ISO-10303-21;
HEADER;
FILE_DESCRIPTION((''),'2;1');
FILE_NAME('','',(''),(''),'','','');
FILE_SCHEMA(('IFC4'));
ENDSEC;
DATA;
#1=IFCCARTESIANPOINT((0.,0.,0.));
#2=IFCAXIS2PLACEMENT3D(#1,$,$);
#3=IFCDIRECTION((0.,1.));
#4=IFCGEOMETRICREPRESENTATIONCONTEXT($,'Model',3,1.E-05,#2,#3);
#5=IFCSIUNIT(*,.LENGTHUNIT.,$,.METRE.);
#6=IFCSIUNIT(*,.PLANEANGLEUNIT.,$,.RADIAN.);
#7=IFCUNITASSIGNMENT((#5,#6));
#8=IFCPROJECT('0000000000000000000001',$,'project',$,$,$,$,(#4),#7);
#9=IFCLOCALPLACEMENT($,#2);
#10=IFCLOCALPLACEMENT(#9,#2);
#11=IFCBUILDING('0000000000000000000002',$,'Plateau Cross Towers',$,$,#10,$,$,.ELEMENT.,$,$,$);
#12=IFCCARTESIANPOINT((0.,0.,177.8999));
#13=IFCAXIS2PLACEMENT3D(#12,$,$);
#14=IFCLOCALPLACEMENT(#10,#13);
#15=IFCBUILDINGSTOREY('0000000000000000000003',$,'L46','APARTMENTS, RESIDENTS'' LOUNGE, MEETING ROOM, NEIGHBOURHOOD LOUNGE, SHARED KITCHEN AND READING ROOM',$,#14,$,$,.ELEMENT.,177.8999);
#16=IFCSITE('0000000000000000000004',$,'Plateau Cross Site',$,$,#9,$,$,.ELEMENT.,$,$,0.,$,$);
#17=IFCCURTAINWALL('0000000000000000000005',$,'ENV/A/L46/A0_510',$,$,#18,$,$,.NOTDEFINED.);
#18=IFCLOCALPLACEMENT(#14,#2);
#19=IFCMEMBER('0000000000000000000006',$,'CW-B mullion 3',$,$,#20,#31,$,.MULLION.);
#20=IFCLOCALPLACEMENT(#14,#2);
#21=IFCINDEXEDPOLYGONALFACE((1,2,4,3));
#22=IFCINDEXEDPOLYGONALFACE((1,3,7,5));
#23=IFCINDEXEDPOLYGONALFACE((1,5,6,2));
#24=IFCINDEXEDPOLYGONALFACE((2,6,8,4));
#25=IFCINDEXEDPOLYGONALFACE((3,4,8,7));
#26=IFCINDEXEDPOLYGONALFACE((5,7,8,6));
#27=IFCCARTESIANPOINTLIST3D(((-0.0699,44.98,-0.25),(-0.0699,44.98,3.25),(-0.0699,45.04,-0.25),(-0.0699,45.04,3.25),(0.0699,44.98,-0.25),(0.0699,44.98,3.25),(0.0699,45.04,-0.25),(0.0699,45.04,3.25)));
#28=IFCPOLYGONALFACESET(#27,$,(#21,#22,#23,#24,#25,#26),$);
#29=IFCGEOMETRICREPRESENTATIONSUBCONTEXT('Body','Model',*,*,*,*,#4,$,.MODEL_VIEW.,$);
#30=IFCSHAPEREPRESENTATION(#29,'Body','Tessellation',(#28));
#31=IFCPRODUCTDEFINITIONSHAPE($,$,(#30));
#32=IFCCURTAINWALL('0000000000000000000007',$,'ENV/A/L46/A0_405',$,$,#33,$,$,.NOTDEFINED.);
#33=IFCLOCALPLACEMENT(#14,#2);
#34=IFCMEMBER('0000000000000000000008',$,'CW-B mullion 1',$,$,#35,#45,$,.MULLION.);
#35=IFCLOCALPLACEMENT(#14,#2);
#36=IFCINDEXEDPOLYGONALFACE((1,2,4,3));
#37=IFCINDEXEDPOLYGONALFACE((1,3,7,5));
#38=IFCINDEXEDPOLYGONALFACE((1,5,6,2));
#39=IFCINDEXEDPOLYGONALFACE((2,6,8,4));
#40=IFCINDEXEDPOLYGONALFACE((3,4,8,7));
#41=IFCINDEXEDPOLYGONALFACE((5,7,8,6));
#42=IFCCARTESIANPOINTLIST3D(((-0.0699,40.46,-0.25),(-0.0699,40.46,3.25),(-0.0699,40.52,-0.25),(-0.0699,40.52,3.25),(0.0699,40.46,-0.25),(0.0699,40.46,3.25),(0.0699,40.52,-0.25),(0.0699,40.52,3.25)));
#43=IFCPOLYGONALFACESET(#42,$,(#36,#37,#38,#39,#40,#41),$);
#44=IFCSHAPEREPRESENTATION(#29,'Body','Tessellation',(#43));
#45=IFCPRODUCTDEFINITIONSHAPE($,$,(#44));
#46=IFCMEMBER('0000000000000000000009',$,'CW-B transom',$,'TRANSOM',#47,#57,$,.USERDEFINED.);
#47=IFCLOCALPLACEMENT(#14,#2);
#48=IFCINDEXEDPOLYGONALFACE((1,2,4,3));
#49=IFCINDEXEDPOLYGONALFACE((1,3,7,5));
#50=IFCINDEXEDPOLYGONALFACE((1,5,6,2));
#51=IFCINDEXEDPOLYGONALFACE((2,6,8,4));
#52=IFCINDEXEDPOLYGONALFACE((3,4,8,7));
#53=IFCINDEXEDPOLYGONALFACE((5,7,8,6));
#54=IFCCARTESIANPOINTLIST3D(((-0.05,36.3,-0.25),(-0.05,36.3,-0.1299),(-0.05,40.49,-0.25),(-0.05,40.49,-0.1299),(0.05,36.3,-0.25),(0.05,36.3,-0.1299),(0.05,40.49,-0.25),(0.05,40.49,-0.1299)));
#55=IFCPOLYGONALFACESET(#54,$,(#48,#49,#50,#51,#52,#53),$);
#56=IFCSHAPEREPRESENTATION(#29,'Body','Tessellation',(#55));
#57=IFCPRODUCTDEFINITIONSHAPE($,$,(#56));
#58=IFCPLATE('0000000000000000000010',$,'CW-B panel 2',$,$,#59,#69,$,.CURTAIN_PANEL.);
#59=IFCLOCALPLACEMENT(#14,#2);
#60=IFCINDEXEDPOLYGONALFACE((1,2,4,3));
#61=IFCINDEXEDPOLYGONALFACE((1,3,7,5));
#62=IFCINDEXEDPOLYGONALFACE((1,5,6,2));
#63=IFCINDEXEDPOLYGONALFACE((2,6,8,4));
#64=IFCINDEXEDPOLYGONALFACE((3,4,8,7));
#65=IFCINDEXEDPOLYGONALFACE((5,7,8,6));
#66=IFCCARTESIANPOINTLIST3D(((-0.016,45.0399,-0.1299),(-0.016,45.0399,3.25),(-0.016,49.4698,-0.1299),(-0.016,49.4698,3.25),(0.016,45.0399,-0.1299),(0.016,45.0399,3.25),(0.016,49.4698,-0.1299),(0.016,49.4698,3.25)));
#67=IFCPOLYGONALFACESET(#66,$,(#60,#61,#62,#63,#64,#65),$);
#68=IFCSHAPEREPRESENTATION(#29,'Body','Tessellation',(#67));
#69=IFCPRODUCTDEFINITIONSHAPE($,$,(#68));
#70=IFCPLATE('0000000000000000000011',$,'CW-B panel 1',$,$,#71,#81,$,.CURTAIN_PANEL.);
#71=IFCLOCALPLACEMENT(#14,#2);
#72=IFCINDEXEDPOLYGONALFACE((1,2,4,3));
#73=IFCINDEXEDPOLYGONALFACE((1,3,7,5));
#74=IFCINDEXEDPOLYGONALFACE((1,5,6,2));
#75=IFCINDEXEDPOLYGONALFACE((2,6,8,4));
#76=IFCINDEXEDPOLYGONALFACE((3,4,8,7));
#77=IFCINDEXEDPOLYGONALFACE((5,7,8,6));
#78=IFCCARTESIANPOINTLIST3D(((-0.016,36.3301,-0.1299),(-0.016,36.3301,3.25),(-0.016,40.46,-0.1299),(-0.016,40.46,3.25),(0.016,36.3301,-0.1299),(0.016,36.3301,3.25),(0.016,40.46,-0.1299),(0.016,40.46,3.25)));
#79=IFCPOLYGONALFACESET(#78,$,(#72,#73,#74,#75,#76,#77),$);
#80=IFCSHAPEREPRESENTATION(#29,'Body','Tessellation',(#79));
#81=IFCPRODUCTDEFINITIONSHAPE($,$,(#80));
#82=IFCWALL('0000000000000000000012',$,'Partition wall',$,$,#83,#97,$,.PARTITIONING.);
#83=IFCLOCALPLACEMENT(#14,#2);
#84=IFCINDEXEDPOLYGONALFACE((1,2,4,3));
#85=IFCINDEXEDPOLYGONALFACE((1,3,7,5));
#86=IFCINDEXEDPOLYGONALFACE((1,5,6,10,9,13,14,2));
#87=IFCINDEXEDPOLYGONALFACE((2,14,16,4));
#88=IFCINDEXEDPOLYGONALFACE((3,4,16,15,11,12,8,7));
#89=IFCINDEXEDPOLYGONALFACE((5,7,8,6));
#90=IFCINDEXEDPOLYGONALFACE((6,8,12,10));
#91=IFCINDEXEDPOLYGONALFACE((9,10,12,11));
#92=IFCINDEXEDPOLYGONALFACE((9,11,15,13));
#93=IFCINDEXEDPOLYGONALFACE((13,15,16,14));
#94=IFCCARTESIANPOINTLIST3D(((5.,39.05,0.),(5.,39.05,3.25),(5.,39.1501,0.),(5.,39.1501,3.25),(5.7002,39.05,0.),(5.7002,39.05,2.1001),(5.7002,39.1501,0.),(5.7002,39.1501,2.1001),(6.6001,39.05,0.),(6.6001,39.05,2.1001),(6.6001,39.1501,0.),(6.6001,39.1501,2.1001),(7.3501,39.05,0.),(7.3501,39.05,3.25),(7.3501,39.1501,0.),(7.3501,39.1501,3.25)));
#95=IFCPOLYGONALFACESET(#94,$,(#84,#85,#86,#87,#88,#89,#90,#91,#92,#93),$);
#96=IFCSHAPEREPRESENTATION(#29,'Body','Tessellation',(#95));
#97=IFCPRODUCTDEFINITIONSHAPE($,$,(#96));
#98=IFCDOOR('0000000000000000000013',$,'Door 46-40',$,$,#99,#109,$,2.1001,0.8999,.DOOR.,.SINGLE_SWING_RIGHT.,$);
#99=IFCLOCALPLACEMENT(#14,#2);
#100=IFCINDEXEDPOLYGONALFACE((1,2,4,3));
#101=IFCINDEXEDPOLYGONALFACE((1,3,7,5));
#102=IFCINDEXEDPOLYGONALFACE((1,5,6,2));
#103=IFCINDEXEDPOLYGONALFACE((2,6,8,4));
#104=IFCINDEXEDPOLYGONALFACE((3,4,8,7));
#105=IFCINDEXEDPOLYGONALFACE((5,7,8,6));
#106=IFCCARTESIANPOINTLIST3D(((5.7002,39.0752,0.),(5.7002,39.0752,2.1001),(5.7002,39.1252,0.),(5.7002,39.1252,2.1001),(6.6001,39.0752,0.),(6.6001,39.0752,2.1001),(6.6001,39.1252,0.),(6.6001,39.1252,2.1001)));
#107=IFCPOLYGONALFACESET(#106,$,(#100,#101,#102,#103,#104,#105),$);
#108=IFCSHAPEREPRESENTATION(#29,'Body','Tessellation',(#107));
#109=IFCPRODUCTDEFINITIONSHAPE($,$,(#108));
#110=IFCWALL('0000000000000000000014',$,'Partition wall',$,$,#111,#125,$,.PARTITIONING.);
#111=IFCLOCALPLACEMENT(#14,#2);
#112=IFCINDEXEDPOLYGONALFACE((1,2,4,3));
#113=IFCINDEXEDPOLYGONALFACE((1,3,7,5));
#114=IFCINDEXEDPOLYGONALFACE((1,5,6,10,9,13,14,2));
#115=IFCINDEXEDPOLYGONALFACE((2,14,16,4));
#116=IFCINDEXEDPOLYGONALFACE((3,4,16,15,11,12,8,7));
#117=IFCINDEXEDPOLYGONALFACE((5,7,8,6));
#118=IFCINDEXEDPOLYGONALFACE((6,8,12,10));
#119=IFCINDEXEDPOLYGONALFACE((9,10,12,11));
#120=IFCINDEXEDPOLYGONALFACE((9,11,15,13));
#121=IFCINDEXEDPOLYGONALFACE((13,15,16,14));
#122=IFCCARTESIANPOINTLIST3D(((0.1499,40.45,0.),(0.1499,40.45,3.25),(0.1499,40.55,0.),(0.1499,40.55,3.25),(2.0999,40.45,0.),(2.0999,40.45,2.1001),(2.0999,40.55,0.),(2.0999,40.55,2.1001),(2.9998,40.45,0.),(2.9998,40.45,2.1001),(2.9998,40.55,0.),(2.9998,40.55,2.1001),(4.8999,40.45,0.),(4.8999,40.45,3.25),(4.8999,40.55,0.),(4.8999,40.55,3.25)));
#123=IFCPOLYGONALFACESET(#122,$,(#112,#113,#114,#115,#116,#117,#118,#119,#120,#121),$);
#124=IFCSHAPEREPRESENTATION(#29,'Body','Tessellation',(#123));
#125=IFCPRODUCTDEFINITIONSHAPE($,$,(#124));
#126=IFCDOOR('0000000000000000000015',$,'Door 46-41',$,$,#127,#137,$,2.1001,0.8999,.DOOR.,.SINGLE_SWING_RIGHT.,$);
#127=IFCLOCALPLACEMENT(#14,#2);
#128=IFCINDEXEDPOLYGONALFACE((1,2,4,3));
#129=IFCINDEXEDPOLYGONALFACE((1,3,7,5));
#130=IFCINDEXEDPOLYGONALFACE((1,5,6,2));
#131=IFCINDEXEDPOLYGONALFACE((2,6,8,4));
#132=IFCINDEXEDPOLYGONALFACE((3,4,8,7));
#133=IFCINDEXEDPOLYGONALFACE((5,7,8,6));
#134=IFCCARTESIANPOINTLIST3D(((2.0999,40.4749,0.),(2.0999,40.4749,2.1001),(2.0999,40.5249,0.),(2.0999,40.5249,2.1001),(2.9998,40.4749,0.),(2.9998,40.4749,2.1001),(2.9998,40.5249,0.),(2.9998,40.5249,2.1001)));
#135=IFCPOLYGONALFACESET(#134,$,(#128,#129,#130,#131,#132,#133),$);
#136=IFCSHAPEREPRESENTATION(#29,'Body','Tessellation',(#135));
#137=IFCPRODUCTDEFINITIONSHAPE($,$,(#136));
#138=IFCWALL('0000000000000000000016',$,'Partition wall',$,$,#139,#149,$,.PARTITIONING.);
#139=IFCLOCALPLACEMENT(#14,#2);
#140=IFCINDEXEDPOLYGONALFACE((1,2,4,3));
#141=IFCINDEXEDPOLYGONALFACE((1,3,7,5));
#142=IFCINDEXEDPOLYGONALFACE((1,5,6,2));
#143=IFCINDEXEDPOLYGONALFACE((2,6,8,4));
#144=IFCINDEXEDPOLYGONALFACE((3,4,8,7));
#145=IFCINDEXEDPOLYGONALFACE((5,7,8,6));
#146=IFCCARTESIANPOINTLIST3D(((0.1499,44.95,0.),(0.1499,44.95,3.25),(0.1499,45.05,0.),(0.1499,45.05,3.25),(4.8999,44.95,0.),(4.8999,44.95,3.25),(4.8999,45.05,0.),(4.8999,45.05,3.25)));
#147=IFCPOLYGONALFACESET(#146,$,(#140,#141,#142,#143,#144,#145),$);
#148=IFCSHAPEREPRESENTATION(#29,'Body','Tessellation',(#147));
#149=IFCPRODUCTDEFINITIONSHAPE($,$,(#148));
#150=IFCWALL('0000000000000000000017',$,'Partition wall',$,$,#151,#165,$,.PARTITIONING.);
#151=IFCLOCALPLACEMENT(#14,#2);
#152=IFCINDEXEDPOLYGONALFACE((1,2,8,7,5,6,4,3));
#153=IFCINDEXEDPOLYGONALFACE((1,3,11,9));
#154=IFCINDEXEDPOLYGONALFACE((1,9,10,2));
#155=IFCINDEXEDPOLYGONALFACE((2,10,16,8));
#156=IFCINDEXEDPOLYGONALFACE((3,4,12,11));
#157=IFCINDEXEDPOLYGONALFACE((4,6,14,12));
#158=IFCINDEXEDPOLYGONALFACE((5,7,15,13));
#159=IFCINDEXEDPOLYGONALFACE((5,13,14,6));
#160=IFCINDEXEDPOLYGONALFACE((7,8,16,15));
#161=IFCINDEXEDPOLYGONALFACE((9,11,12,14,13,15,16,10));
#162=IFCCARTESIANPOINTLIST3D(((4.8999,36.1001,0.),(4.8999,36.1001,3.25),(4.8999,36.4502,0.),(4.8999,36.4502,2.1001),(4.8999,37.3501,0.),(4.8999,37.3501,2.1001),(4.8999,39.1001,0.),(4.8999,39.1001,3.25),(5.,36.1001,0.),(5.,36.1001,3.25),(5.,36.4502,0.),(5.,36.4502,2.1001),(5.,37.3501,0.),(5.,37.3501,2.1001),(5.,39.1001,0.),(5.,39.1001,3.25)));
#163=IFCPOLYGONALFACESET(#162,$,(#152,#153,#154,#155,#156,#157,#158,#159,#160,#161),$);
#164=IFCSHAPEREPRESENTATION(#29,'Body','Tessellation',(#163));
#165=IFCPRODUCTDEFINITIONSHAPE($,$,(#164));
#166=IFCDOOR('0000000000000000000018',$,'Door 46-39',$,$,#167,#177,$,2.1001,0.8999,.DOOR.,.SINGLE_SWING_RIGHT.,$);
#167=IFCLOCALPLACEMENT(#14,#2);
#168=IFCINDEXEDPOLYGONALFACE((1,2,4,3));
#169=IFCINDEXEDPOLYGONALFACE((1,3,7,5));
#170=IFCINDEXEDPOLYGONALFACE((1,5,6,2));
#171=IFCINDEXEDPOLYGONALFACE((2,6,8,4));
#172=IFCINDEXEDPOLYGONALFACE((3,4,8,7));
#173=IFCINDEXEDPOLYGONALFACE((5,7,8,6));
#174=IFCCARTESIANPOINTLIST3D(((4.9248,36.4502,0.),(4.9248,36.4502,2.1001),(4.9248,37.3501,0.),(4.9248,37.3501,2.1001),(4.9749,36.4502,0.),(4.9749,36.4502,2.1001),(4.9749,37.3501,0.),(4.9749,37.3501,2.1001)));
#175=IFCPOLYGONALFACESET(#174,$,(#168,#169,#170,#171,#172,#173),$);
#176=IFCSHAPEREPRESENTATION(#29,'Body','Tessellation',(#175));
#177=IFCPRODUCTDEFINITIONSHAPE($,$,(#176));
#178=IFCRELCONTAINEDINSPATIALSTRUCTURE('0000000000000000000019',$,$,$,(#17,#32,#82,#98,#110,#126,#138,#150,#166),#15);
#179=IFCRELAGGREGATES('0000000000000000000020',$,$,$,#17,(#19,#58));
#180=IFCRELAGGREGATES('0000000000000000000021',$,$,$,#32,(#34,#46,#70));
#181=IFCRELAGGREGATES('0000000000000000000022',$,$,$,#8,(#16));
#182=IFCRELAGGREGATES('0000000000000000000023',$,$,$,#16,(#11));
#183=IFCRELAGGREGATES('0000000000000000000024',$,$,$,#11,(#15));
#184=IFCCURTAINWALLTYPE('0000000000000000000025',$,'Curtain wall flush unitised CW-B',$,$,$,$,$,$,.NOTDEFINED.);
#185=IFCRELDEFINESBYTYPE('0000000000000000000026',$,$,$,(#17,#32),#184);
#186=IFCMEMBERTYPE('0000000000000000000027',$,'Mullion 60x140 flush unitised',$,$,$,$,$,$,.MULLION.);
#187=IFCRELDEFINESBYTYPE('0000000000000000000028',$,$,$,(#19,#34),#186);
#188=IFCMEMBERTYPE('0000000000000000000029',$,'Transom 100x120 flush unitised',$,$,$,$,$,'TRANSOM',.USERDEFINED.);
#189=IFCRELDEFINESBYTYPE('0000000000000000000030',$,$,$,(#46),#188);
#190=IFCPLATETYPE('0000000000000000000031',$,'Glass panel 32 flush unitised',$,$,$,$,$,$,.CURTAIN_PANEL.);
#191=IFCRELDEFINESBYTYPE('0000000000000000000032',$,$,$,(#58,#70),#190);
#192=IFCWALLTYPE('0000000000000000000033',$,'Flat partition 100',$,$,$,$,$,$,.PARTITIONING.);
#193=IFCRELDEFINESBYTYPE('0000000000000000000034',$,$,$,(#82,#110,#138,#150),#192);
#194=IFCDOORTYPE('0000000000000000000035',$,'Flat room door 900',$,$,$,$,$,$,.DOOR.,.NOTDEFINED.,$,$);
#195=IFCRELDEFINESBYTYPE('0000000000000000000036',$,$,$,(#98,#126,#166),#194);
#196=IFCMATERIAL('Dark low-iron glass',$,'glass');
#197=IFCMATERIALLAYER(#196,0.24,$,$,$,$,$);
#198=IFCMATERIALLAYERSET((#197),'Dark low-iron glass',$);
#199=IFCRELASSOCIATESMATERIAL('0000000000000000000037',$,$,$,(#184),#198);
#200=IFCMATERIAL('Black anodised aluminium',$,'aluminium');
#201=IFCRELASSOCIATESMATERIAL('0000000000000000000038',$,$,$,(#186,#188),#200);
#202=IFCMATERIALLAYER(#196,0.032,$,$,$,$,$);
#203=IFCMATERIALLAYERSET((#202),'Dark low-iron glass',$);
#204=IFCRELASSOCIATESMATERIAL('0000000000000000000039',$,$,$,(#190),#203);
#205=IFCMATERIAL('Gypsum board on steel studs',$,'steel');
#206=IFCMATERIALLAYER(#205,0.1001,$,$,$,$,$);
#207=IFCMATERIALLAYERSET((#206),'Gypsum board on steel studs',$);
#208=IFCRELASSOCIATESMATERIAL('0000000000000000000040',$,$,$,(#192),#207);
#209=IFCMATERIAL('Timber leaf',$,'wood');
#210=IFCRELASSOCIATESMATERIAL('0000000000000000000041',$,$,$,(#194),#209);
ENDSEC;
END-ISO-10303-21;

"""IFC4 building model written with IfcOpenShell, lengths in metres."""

from ifc_helpers import new_model, si_unit, direction, frame, frame_2d, origin, origin_2d, place, context, subcontext, project, spatial, rectangle, extrude, material, layer, layer_set, material_profile, profile_set, type_object, element, fill, aggregate, save


model = new_model("IFC4")

# Units and contexts
model_context = context("Model", 3, precision=1e-05, world=origin(), true_north=direction((0.0, 1.0)))
body_context = subcontext(model_context, "Body", "Model", "MODEL_VIEW")
ifc_project = project(units=[si_unit("LENGTHUNIT", "METRE"), si_unit("PLANEANGLEUNIT", "RADIAN")], contexts=[model_context])

# Site, building, storey
site_placement = place(None, origin())
site = spatial("IfcSite", under=ifc_project, at=site_placement, Name="Plateau Cross Site", CompositionType="ELEMENT", RefElevation=0.0)
building_placement = place(site_placement, origin())
building = spatial("IfcBuilding", under=site, at=building_placement, Name="Plateau Cross Towers", CompositionType="ELEMENT")
storey_placement = place(building_placement, frame((0.0, 0.0, 177.8999)))
storey = spatial("IfcBuildingStorey", under=building, at=storey_placement, Name="L46", Description="APARTMENTS, RESIDENTS' LOUNGE, MEETING ROOM, NEIGHBOURHOOD LOUNGE, SHARED KITCHEN AND READING ROOM", CompositionType="ELEMENT", Elevation=177.8999)

# Curtain wall, member
ifc_material_1 = material(Name="Dark low-iron glass", Category="glass")
ifc_layer_1 = layer(ifc_material_1, 0.24)
ifc_layer_set_1 = layer_set([ifc_layer_1], Name="Dark low-iron glass")
curtain_wall_type = type_object("IfcCurtainWallType", Name="Curtain wall flush unitised CW-B", PredefinedType="NOTDEFINED", material=ifc_layer_set_1)
curtain_wall_1_placement = place(storey_placement, origin())
curtain_wall_1 = element("IfcCurtainWall", 1, at=curtain_wall_1_placement, inside=storey, type_object=curtain_wall_type, Name="ENV/A/L46/A0_510", PredefinedType="NOTDEFINED")
ifc_material_2 = material(Name="Black anodised aluminium", Category="aluminium")
ifc_material_profile_1 = material_profile(ifc_material_2, rectangle(XDim=0.0601, YDim=0.1399, at=origin_2d()), Name="MULLION 60x140")
ifc_profile_set_1 = profile_set([ifc_material_profile_1], Name="Black anodised aluminium")
member_type_1 = type_object("IfcMemberType", Name="Mullion 60x140 flush unitised", PredefinedType="MULLION", material=ifc_profile_set_1)
member_1_placement = place(storey_placement, frame((0.0, 45.01, -0.25), z_axis=(0.0, 0.0, 1.0), x_axis=(0.0, -1.0, 0.0)))
member_1 = element("IfcMember", 2, at=member_1_placement, type_object=member_type_1, Name="CW-B mullion 3", PredefinedType="MULLION", context=body_context, shape_type="SweptSolid", body=[
    extrude(rectangle(XDim=0.0601, YDim=0.1399, at=origin_2d()), origin(), (0.0, 0.0, 1.0), 3.5),
])

# Curtain wall, members
curtain_wall_2_placement = place(storey_placement, origin())
curtain_wall_2 = element("IfcCurtainWall", 3, at=curtain_wall_2_placement, inside=storey, type_object=curtain_wall_type, Name="ENV/A/L46/A0_405", PredefinedType="NOTDEFINED")
member_2_placement = place(storey_placement, frame((0.0, 40.49, -0.25), z_axis=(0.0, 0.0, 1.0), x_axis=(0.0, -1.0, 0.0)))
member_2 = element("IfcMember", 4, at=member_2_placement, type_object=member_type_1, Name="CW-B mullion 1", PredefinedType="MULLION", context=body_context, shape_type="SweptSolid", body=[
    extrude(rectangle(XDim=0.0601, YDim=0.1399, at=origin_2d()), origin(), (0.0, 0.0, 1.0), 3.5),
])
ifc_material_profile_2 = material_profile(ifc_material_2, rectangle(XDim=0.1001, YDim=0.1201, at=origin_2d()), Name="TRANSOM 100x120")
ifc_profile_set_2 = profile_set([ifc_material_profile_2], Name="Black anodised aluminium")
member_type_2 = type_object("IfcMemberType", Name="Transom 100x120 flush unitised", ElementType="TRANSOM", PredefinedType="USERDEFINED", material=ifc_profile_set_2)
member_3_placement = place(storey_placement, frame((0.0, 40.49, -0.1899), z_axis=(0.0, -1.0, 0.0), x_axis=(1.0, 0.0, 0.0)))
member_3 = element("IfcMember", 5, at=member_3_placement, type_object=member_type_2, Name="CW-B transom", ObjectType="TRANSOM", PredefinedType="USERDEFINED", context=body_context, shape_type="SweptSolid", body=[
    extrude(rectangle(XDim=0.1001, YDim=0.1201, at=origin_2d()), origin(), (0.0, 0.0, 1.0), 4.1899),
])

# Plates
ifc_layer_2 = layer(ifc_material_1, 0.032)
ifc_layer_set_2 = layer_set([ifc_layer_2], Name="Dark low-iron glass")
plate_type = type_object("IfcPlateType", Name="Glass panel 32 flush unitised", PredefinedType="CURTAIN_PANEL", material=ifc_layer_set_2)
plate_1_placement = place(storey_placement, frame((0.0, 47.2549, -0.1299), z_axis=(0.0, 0.0, 1.0), x_axis=(0.0, -1.0, 0.0)))
plate_1 = element("IfcPlate", 6, at=plate_1_placement, type_object=plate_type, Name="CW-B panel 2", PredefinedType="CURTAIN_PANEL", context=body_context, shape_type="SweptSolid", body=[
    extrude(rectangle(XDim=4.4299, YDim=0.032, at=origin_2d()), origin(), (0.0, 0.0, 1.0), 3.3799),
])
aggregate(curtain_wall_1, [member_1, plate_1])
plate_2_placement = place(storey_placement, frame((0.0, 38.395, -0.1299), z_axis=(0.0, 0.0, 1.0), x_axis=(0.0, -1.0, 0.0)))
plate_2 = element("IfcPlate", 7, at=plate_2_placement, type_object=plate_type, Name="CW-B panel 1", PredefinedType="CURTAIN_PANEL", context=body_context, shape_type="SweptSolid", body=[
    extrude(rectangle(XDim=4.1299, YDim=0.032, at=origin_2d()), origin(), (0.0, 0.0, 1.0), 3.3799),
])
aggregate(curtain_wall_2, [member_2, member_3, plate_2])

# Walls, openings, doors
ifc_material_3 = material(Name="Gypsum board on steel studs", Category="steel")
ifc_layer_3 = layer(ifc_material_3, 0.1001)
ifc_layer_set_3 = layer_set([ifc_layer_3], Name="Gypsum board on steel studs")
wall_type_1 = type_object("IfcWallType", Name="Flat partition 100", PredefinedType="PARTITIONING", material=ifc_layer_set_3)
wall_1_placement = place(storey_placement, frame((7.3501, 39.1001, 0.0), z_axis=(0.0, 0.0, 1.0), x_axis=(-1.0, 0.0, 0.0)))
wall_1 = element("IfcWall", 8, at=wall_1_placement, inside=storey, type_object=wall_type_1, Name="Partition wall", PredefinedType="PARTITIONING", context=body_context, shape_type="SweptSolid", body=[
    extrude(rectangle(XDim=2.3501, YDim=0.1001, at=frame_2d((1.175, 0.0))), origin(), (0.0, 0.0, 1.0), 3.25),
])
opening_1_placement = place(wall_1_placement, frame((0.75, 0.0, 0.0)))
opening_1 = element("IfcOpeningElement", 9, at=opening_1_placement, cuts=wall_1, PredefinedType="OPENING", context=body_context, shape_type="SweptSolid", body=[
    extrude(rectangle(XDim=0.8999, YDim=2.1001, at=frame_2d((0.45, 1.05))), frame((0.0, 0.0601, 0.0), z_axis=(0.0, -1.0, 0.0), x_axis=(1.0, 0.0, 0.0)), (0.0, 0.0, 1.0), 0.1201),
])
ifc_material_4 = material(Name="Timber leaf", Category="wood")
door_type_1 = type_object("IfcDoorType", Name="Flat room door 900", OperationType="NOTDEFINED", PredefinedType="DOOR", material=ifc_material_4)
door_1_placement = place(opening_1_placement, origin())
door_1 = element("IfcDoor", 10, at=door_1_placement, inside=storey, type_object=door_type_1, Name="Door 46-40", OperationType="SINGLE_SWING_RIGHT", OverallHeight=2.1001, OverallWidth=0.8999, PredefinedType="DOOR", context=body_context, shape_type="SweptSolid", body=[
    extrude(rectangle(XDim=0.8999, YDim=2.1001, at=frame_2d((0.45, 1.05))), frame((0.0, 0.0249, 0.0), z_axis=(0.0, -1.0, 0.0), x_axis=(1.0, 0.0, 0.0)), (0.0, 0.0, 1.0), 0.05),
])
fill(opening_1, door_1)
wall_2_placement = place(storey_placement, frame((0.1499, 40.5, 0.0), z_axis=(0.0, 0.0, 1.0), x_axis=(1.0, 0.0, 0.0)))
wall_2 = element("IfcWall", 11, at=wall_2_placement, inside=storey, type_object=wall_type_1, Name="Partition wall", PredefinedType="PARTITIONING", context=body_context, shape_type="SweptSolid", body=[
    extrude(rectangle(XDim=4.75, YDim=0.1001, at=frame_2d((2.375, 0.0))), origin(), (0.0, 0.0, 1.0), 3.25),
])
opening_2_placement = place(wall_2_placement, frame((1.95, 0.0, 0.0)))
opening_2 = element("IfcOpeningElement", 12, at=opening_2_placement, cuts=wall_2, PredefinedType="OPENING", context=body_context, shape_type="SweptSolid", body=[
    extrude(rectangle(XDim=0.8999, YDim=2.1001, at=frame_2d((0.45, 1.05))), frame((0.0, 0.0601, 0.0), z_axis=(0.0, -1.0, 0.0), x_axis=(1.0, 0.0, 0.0)), (0.0, 0.0, 1.0), 0.1201),
])
door_2_placement = place(opening_2_placement, origin())
door_2 = element("IfcDoor", 13, at=door_2_placement, inside=storey, type_object=door_type_1, Name="Door 46-41", OperationType="SINGLE_SWING_RIGHT", OverallHeight=2.1001, OverallWidth=0.8999, PredefinedType="DOOR", context=body_context, shape_type="SweptSolid", body=[
    extrude(rectangle(XDim=0.8999, YDim=2.1001, at=frame_2d((0.45, 1.05))), frame((0.0, 0.0249, 0.0), z_axis=(0.0, -1.0, 0.0), x_axis=(1.0, 0.0, 0.0)), (0.0, 0.0, 1.0), 0.05),
])
fill(opening_2, door_2)

# Wall
wall_3_placement = place(storey_placement, frame((4.8999, 45.0, 0.0), z_axis=(0.0, 0.0, 1.0), x_axis=(-1.0, 0.0, 0.0)))
element("IfcWall", 14, at=wall_3_placement, inside=storey, type_object=wall_type_1, Name="Partition wall", PredefinedType="PARTITIONING", context=body_context, shape_type="SweptSolid", body=[
    extrude(rectangle(XDim=4.75, YDim=0.1001, at=frame_2d((2.375, 0.0))), origin(), (0.0, 0.0, 1.0), 3.25),
])

# Wall, opening, door
wall_4_placement = place(storey_placement, frame((4.95, 39.1001, 0.0), z_axis=(0.0, 0.0, 1.0), x_axis=(0.0, -1.0, 0.0)))
wall_4 = element("IfcWall", 15, at=wall_4_placement, inside=storey, type_object=wall_type_1, Name="Partition wall", PredefinedType="PARTITIONING", context=body_context, shape_type="SweptSolid", body=[
    extrude(rectangle(XDim=3.0, YDim=0.1001, at=frame_2d((1.5, 0.0))), origin(), (0.0, 0.0, 1.0), 3.25),
])
opening_3_placement = place(wall_4_placement, frame((1.75, 0.0, 0.0)))
opening_3 = element("IfcOpeningElement", 16, at=opening_3_placement, cuts=wall_4, PredefinedType="OPENING", context=body_context, shape_type="SweptSolid", body=[
    extrude(rectangle(XDim=0.8999, YDim=2.1001, at=frame_2d((0.45, 1.05))), frame((0.0, 0.0601, 0.0), z_axis=(0.0, -1.0, 0.0), x_axis=(1.0, 0.0, 0.0)), (0.0, 0.0, 1.0), 0.1201),
])
door_3_placement = place(opening_3_placement, origin())
door_3 = element("IfcDoor", 17, at=door_3_placement, inside=storey, type_object=door_type_1, Name="Door 46-39", OperationType="SINGLE_SWING_RIGHT", OverallHeight=2.1001, OverallWidth=0.8999, PredefinedType="DOOR", context=body_context, shape_type="SweptSolid", body=[
    extrude(rectangle(XDim=0.8999, YDim=2.1001, at=frame_2d((0.45, 1.05))), frame((0.0, 0.0249, 0.0), z_axis=(0.0, -1.0, 0.0), x_axis=(1.0, 0.0, 0.0)), (0.0, 0.0, 1.0), 0.05),
])
fill(opening_3, door_3)

save(model, "model.ifc")
